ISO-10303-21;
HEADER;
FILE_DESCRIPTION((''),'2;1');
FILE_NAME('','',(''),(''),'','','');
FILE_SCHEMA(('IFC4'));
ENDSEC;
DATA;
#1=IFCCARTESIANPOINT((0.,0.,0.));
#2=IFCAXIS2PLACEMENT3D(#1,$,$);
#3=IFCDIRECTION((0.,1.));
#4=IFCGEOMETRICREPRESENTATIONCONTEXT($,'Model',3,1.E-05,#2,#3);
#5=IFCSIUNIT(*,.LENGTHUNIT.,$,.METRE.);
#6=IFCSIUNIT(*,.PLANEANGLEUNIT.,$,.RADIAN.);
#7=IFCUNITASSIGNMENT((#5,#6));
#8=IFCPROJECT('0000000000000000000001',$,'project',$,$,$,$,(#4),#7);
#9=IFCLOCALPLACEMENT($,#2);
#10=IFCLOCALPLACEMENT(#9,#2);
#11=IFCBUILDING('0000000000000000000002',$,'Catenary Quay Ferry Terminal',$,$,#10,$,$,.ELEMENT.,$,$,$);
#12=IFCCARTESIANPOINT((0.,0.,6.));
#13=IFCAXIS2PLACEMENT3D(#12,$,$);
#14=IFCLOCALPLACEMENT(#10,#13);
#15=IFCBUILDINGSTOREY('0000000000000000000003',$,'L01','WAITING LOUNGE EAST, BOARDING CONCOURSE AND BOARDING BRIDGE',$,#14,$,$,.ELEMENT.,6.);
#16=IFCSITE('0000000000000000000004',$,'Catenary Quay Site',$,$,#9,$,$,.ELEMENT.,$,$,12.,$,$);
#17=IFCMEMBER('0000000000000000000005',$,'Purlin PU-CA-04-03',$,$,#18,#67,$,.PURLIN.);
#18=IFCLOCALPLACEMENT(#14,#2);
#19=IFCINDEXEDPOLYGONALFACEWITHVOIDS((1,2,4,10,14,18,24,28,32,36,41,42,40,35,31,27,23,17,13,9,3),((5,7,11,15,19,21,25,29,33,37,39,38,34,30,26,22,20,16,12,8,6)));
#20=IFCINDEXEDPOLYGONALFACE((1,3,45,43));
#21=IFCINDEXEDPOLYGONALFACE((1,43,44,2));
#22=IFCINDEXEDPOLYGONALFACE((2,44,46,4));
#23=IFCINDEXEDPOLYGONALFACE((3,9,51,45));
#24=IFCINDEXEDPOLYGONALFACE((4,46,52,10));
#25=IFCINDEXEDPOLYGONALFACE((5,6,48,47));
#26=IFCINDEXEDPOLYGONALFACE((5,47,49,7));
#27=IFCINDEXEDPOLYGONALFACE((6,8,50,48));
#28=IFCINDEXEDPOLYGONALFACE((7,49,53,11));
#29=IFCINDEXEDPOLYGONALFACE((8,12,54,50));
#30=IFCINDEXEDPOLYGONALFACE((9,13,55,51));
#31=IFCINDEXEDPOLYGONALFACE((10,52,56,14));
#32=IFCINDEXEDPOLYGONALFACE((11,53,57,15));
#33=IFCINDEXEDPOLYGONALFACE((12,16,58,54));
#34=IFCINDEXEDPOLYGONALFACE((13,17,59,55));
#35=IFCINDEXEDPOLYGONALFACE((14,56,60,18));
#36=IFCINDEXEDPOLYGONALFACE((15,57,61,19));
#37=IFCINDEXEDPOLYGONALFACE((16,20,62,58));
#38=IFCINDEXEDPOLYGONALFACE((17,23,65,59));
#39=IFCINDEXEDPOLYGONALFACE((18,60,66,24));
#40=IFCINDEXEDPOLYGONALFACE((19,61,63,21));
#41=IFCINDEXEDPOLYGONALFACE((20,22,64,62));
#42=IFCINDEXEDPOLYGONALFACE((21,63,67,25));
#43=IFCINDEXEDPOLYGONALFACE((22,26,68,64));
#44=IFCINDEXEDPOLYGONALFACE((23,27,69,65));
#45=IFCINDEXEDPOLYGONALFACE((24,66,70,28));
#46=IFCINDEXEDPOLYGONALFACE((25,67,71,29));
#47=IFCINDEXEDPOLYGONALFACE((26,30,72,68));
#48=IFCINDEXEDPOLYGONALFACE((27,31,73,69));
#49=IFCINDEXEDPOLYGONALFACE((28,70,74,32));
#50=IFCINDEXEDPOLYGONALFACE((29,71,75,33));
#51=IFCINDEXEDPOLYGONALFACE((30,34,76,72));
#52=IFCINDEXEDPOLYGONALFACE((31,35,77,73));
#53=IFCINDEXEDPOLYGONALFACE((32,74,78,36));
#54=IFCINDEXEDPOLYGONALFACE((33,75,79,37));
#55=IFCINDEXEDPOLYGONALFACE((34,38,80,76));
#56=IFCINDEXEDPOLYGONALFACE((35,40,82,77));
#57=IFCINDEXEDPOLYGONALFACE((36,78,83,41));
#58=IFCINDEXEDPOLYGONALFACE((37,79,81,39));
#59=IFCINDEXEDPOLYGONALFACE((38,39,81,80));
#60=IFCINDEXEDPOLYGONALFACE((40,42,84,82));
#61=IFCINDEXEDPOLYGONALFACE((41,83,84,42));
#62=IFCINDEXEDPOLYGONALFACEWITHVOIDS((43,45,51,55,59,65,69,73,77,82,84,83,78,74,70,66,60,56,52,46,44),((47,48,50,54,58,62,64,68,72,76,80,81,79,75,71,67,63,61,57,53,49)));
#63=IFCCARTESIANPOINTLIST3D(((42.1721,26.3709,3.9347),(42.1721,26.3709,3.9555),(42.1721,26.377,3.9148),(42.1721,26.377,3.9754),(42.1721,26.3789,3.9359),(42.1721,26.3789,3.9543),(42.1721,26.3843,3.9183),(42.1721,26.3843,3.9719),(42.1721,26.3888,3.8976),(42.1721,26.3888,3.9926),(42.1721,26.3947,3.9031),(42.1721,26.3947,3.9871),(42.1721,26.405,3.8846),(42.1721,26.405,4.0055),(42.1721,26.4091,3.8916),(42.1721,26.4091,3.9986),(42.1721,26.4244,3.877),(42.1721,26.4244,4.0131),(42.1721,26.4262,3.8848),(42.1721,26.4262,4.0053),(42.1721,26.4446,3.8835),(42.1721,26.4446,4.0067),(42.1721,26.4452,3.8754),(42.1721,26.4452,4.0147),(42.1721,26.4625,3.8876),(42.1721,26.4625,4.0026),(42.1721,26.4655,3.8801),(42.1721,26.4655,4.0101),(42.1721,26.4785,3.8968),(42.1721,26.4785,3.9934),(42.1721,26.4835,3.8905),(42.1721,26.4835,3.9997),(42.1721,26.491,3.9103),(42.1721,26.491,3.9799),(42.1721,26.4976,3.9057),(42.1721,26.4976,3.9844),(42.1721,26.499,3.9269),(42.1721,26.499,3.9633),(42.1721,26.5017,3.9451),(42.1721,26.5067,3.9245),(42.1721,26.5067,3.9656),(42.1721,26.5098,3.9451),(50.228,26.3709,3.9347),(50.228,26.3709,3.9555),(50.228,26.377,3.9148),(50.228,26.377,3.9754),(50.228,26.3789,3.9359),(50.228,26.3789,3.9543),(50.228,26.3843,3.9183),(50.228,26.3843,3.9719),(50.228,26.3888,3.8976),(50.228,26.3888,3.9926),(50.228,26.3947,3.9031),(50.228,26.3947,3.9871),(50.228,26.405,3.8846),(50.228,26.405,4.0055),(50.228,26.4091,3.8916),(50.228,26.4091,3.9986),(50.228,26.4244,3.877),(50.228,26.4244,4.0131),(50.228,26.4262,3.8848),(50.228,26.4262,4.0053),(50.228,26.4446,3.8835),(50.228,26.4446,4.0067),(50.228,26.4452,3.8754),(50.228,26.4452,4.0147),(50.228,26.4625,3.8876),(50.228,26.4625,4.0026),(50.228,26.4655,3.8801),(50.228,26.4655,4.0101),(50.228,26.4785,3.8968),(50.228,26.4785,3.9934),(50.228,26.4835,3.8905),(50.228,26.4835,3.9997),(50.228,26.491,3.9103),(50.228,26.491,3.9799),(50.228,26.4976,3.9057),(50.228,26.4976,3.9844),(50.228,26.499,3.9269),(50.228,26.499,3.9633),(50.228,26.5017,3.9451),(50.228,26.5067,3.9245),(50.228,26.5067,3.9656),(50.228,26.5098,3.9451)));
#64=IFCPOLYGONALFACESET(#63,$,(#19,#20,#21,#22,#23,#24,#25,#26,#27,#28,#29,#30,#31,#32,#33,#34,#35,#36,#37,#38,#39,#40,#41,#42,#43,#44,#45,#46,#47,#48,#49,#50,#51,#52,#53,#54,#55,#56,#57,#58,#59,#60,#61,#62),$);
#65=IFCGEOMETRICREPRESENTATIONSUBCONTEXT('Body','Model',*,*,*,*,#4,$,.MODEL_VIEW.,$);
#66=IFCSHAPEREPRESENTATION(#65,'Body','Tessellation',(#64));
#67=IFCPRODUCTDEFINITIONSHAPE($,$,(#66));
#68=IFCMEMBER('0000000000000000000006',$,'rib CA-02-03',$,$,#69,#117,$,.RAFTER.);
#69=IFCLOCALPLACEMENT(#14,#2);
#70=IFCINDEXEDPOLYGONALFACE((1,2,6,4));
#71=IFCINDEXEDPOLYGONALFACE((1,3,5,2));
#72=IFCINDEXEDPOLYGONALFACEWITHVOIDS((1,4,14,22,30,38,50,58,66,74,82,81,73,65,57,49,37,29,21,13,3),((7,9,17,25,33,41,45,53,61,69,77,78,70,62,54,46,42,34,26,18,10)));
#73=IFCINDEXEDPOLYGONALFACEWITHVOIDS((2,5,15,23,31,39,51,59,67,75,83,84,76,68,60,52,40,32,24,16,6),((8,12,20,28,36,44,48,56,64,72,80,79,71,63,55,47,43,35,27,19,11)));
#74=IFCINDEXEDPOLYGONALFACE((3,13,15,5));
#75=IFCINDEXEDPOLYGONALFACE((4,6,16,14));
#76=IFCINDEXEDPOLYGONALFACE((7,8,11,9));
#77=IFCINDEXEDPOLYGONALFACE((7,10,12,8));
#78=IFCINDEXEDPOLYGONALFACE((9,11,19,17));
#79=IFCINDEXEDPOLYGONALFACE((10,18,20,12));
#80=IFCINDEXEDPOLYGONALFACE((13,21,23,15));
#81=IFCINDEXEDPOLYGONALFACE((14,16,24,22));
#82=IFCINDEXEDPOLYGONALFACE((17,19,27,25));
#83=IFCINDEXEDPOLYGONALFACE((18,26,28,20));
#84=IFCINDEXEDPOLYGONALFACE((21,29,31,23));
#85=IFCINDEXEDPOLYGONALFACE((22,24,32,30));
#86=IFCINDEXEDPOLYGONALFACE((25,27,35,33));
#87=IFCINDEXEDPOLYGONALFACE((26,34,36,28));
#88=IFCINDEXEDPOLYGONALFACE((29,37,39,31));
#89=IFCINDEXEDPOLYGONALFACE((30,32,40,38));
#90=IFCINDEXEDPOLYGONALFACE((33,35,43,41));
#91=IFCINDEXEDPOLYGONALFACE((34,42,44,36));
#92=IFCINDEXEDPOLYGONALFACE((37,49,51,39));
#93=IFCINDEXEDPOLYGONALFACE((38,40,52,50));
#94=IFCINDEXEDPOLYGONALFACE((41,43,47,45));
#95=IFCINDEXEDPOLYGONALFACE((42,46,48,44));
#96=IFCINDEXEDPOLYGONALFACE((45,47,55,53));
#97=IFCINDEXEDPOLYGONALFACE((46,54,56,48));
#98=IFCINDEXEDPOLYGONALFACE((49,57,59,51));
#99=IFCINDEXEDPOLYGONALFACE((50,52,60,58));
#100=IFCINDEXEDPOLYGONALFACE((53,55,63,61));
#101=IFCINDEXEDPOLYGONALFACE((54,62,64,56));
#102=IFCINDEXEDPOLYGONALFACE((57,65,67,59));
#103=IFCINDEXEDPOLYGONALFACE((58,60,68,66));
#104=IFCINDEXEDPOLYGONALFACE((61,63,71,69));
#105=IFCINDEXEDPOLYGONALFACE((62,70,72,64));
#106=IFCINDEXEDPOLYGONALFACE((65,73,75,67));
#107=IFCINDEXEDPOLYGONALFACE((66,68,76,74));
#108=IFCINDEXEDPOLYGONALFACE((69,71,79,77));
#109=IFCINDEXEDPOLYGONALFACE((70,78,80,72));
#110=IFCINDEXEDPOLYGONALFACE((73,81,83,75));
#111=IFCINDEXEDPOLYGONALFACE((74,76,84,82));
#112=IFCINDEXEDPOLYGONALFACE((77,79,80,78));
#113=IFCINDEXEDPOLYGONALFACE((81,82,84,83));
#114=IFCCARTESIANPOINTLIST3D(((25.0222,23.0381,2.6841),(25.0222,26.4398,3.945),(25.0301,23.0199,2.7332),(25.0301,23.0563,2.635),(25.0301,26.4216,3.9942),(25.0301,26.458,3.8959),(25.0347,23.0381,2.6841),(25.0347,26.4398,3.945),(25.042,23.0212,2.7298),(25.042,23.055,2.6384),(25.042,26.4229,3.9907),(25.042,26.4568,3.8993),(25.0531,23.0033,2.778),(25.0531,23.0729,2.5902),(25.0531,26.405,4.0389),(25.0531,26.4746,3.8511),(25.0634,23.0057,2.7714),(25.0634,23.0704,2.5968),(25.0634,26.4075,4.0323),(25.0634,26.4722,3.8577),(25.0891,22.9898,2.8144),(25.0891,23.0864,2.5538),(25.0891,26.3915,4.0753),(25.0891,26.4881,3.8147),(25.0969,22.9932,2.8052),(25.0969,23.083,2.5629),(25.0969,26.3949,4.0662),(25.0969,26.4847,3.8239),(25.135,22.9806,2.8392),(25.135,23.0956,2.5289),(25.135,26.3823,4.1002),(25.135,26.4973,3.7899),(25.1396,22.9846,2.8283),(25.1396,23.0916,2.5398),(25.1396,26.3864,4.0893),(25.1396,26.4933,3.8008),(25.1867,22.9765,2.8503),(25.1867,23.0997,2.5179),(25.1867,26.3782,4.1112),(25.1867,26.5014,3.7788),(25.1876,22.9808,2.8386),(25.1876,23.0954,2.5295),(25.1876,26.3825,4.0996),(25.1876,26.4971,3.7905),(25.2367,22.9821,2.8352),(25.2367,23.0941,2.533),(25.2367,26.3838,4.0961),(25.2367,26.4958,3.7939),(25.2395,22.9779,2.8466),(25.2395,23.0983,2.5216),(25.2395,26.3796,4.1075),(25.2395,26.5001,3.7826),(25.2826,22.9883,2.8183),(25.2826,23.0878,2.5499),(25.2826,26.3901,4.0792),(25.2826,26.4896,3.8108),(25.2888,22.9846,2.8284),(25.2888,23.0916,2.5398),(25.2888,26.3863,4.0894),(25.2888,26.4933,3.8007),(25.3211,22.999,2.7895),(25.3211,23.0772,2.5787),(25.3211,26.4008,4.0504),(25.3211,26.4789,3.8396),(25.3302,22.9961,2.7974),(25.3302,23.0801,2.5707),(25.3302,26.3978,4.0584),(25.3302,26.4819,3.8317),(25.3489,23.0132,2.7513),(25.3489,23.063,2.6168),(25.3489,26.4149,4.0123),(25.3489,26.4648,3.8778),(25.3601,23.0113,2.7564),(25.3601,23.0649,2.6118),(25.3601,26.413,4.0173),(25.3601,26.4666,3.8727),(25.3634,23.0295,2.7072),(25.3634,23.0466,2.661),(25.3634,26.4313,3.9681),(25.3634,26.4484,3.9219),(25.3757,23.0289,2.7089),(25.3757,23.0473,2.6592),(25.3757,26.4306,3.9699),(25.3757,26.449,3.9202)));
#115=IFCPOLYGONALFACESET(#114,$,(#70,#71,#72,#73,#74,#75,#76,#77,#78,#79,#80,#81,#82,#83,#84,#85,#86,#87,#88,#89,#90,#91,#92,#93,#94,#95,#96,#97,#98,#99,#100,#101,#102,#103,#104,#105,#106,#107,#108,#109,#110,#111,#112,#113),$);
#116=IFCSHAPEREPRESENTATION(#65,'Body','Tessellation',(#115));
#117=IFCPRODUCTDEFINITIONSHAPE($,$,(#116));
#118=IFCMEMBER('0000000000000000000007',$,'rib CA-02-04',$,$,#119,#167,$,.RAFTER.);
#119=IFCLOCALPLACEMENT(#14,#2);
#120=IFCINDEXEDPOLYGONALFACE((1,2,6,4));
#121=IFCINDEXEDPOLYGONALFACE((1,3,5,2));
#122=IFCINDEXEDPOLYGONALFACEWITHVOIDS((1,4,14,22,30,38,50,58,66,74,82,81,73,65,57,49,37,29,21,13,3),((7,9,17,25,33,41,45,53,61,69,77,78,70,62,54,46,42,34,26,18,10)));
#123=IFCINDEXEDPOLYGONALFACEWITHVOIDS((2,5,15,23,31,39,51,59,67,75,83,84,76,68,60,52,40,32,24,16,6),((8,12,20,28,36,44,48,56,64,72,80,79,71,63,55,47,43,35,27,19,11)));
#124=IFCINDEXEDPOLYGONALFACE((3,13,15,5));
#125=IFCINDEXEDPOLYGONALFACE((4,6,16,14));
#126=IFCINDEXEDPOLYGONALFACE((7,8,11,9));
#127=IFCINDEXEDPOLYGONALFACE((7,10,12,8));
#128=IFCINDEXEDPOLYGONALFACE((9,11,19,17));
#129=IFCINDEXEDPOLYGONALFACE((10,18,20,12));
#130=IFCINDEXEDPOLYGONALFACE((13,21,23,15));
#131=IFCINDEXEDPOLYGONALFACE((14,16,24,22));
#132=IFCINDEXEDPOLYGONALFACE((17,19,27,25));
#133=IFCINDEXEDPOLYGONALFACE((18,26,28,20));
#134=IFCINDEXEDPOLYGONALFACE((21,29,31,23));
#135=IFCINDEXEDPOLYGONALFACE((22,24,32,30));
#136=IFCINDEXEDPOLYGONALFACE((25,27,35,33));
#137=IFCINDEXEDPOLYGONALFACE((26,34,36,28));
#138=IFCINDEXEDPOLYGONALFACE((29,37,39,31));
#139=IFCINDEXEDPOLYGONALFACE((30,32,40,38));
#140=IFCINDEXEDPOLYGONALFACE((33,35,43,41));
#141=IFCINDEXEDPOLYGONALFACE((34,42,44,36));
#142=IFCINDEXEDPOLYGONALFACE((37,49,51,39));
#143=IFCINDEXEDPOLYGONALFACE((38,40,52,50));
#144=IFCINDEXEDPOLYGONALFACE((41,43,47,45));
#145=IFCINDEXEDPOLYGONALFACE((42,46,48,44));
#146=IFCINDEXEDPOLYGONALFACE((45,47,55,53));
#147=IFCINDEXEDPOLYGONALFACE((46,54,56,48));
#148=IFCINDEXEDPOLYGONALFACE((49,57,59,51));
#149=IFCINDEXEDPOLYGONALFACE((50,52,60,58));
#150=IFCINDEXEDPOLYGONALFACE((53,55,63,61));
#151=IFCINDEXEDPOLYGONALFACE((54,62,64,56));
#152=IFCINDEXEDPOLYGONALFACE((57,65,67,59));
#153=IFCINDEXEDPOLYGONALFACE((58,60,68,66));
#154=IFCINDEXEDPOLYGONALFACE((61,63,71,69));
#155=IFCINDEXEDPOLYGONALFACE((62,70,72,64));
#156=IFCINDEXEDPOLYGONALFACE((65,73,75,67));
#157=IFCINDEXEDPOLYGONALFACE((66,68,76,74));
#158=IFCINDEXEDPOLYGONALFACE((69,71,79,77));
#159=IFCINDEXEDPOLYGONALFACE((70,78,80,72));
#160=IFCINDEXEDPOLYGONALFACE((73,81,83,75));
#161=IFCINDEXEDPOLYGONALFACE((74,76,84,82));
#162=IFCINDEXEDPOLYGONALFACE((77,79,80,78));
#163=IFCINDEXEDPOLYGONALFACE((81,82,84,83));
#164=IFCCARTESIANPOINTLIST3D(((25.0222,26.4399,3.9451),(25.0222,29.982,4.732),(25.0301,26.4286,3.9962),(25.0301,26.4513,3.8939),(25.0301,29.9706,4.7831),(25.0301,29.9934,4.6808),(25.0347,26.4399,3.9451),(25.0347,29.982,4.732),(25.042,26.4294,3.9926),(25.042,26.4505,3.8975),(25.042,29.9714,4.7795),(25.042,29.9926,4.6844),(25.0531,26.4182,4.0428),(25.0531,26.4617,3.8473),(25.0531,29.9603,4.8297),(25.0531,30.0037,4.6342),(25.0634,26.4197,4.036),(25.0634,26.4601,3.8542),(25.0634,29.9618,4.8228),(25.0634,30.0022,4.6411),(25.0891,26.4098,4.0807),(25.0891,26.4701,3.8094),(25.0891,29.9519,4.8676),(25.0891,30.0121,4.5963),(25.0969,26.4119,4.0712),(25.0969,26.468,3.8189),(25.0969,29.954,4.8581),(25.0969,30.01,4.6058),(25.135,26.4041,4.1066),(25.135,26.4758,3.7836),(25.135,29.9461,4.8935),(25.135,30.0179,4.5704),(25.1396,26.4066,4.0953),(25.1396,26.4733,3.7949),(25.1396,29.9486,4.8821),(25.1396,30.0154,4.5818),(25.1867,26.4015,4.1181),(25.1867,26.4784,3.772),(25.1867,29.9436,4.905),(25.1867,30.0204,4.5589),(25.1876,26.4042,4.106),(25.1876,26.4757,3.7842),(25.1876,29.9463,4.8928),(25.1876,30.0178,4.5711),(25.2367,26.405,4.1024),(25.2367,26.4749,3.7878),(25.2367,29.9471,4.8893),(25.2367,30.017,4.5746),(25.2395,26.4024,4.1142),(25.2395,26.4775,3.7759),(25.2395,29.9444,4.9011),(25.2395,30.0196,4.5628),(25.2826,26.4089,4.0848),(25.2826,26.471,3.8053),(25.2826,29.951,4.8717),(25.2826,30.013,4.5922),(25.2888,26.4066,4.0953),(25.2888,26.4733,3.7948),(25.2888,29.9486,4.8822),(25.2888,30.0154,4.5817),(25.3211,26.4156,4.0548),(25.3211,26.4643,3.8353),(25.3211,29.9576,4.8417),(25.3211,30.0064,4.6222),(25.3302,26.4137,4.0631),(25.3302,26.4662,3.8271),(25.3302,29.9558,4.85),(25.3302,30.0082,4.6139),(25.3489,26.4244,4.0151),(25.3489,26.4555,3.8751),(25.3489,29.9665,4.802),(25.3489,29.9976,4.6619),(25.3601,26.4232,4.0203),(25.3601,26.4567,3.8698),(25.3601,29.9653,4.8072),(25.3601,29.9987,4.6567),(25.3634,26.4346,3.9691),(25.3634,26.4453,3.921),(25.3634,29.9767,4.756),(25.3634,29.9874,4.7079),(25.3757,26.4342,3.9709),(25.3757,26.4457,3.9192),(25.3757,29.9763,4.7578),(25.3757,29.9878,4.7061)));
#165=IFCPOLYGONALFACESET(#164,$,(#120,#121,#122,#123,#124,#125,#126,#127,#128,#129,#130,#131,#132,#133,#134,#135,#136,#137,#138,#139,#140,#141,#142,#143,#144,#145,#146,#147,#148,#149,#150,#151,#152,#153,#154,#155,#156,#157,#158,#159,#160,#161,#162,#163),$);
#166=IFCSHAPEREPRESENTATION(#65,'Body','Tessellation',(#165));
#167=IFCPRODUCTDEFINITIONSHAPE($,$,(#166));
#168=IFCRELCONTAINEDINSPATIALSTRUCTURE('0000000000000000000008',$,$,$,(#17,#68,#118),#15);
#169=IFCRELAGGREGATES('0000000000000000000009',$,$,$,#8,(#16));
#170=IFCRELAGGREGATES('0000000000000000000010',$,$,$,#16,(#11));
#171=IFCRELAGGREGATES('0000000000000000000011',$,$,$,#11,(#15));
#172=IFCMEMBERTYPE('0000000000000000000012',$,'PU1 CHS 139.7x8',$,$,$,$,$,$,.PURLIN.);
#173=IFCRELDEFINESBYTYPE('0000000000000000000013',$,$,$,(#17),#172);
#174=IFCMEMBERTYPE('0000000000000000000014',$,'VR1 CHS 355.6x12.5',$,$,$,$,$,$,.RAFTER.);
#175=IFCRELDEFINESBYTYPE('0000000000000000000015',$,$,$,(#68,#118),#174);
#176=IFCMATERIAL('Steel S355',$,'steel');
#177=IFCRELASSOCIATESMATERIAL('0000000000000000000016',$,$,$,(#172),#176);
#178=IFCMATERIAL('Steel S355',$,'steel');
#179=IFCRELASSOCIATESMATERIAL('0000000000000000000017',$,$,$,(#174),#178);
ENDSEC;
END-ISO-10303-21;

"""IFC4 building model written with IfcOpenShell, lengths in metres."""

from ifc_helpers import new_model, si_unit, direction, frame, origin, origin_2d, place, context, subcontext, project, spatial, hollow_circle, extrude, material, material_profile, profile_set, type_object, element, save


model = new_model("IFC4")

# Units and contexts
model_context = context("Model", 3, precision=1e-05, world=origin(), true_north=direction((0.0, 1.0)))
body_context = subcontext(model_context, "Body", "Model", "MODEL_VIEW")
ifc_project = project(units=[si_unit("LENGTHUNIT", "METRE"), si_unit("PLANEANGLEUNIT", "RADIAN")], contexts=[model_context])

# Site, building, storey
site_placement = place(None, origin())
site = spatial("IfcSite", under=ifc_project, at=site_placement, Name="Catenary Quay Site", CompositionType="ELEMENT", RefElevation=12.0)
building_placement = place(site_placement, origin())
building = spatial("IfcBuilding", under=site, at=building_placement, Name="Catenary Quay Ferry Terminal", CompositionType="ELEMENT")
storey_placement = place(building_placement, frame((0.0, 0.0, 6.0)))
storey = spatial("IfcBuildingStorey", under=building, at=storey_placement, Name="L01", Description="WAITING LOUNGE EAST, BOARDING CONCOURSE AND BOARDING BRIDGE", CompositionType="ELEMENT", Elevation=6.0)

# Members
ifc_material_1 = material(Name="Steel S355", Category="steel")
ifc_material_profile_1 = material_profile(ifc_material_1, hollow_circle(Radius=0.0698, WallThickness=0.0081, at=origin_2d()), Name="CHS 139.7x8")
ifc_profile_set_1 = profile_set([ifc_material_profile_1], Name="Steel S355")
member_type_1 = type_object("IfcMemberType", Name="PU1 CHS 139.7x8", PredefinedType="PURLIN", material=ifc_profile_set_1)
for number, where, z_axis, x_axis, name in (
    (1, (42.1721, 26.4399, 3.9451), (1.0, 0.0, 0.0), (0.0, 1.0, 0.0), "Purlin PU-CA-04-03"),
):
    element("IfcMember", number, at=place(storey_placement, frame(where, z_axis=z_axis, x_axis=x_axis)), inside=storey, type_object=member_type_1, Name=name, PredefinedType="PURLIN", context=body_context, shape_type="SweptSolid", body=[
        extrude(hollow_circle(Radius=0.0698, WallThickness=0.0081, at=origin_2d()), origin(), (0.0, 0.0, 1.0), 8.0559),
    ])
ifc_material_2 = material(Name="Steel S355", Category="steel")
ifc_material_profile_2 = material_profile(ifc_material_2, hollow_circle(Radius=0.1777, WallThickness=0.0125, at=origin_2d()), Name="CHS 355.6x12.5")
ifc_profile_set_2 = profile_set([ifc_material_profile_2], Name="Steel S355")
member_type_2 = type_object("IfcMemberType", Name="VR1 CHS 355.6x12.5", PredefinedType="RAFTER", material=ifc_profile_set_2)
member_1_placement = place(storey_placement, frame((25.2, 23.0381, 2.6841), z_axis=(0.0, 0.937655, 0.347566), x_axis=(-1.0, 0.0, 0.0)))
element("IfcMember", 2, at=member_1_placement, inside=storey, type_object=member_type_2, Name="rib CA-02-03", PredefinedType="RAFTER", context=body_context, shape_type="SweptSolid", body=[
    extrude(hollow_circle(Radius=0.1777, WallThickness=0.0125, at=origin_2d()), origin(), (0.0, 0.0, 1.0), 3.6279),
])
member_2_placement = place(storey_placement, frame((25.2, 26.4399, 3.9451), z_axis=(0.0, 0.976201, 0.216866), x_axis=(-1.0, 0.0, 0.0)))
element("IfcMember", 3, at=member_2_placement, inside=storey, type_object=member_type_2, Name="rib CA-02-04", PredefinedType="RAFTER", context=body_context, shape_type="SweptSolid", body=[
    extrude(hollow_circle(Radius=0.1777, WallThickness=0.0125, at=origin_2d()), origin(), (0.0, 0.0, 1.0), 3.6284),
])

save(model, "model.ifc")
